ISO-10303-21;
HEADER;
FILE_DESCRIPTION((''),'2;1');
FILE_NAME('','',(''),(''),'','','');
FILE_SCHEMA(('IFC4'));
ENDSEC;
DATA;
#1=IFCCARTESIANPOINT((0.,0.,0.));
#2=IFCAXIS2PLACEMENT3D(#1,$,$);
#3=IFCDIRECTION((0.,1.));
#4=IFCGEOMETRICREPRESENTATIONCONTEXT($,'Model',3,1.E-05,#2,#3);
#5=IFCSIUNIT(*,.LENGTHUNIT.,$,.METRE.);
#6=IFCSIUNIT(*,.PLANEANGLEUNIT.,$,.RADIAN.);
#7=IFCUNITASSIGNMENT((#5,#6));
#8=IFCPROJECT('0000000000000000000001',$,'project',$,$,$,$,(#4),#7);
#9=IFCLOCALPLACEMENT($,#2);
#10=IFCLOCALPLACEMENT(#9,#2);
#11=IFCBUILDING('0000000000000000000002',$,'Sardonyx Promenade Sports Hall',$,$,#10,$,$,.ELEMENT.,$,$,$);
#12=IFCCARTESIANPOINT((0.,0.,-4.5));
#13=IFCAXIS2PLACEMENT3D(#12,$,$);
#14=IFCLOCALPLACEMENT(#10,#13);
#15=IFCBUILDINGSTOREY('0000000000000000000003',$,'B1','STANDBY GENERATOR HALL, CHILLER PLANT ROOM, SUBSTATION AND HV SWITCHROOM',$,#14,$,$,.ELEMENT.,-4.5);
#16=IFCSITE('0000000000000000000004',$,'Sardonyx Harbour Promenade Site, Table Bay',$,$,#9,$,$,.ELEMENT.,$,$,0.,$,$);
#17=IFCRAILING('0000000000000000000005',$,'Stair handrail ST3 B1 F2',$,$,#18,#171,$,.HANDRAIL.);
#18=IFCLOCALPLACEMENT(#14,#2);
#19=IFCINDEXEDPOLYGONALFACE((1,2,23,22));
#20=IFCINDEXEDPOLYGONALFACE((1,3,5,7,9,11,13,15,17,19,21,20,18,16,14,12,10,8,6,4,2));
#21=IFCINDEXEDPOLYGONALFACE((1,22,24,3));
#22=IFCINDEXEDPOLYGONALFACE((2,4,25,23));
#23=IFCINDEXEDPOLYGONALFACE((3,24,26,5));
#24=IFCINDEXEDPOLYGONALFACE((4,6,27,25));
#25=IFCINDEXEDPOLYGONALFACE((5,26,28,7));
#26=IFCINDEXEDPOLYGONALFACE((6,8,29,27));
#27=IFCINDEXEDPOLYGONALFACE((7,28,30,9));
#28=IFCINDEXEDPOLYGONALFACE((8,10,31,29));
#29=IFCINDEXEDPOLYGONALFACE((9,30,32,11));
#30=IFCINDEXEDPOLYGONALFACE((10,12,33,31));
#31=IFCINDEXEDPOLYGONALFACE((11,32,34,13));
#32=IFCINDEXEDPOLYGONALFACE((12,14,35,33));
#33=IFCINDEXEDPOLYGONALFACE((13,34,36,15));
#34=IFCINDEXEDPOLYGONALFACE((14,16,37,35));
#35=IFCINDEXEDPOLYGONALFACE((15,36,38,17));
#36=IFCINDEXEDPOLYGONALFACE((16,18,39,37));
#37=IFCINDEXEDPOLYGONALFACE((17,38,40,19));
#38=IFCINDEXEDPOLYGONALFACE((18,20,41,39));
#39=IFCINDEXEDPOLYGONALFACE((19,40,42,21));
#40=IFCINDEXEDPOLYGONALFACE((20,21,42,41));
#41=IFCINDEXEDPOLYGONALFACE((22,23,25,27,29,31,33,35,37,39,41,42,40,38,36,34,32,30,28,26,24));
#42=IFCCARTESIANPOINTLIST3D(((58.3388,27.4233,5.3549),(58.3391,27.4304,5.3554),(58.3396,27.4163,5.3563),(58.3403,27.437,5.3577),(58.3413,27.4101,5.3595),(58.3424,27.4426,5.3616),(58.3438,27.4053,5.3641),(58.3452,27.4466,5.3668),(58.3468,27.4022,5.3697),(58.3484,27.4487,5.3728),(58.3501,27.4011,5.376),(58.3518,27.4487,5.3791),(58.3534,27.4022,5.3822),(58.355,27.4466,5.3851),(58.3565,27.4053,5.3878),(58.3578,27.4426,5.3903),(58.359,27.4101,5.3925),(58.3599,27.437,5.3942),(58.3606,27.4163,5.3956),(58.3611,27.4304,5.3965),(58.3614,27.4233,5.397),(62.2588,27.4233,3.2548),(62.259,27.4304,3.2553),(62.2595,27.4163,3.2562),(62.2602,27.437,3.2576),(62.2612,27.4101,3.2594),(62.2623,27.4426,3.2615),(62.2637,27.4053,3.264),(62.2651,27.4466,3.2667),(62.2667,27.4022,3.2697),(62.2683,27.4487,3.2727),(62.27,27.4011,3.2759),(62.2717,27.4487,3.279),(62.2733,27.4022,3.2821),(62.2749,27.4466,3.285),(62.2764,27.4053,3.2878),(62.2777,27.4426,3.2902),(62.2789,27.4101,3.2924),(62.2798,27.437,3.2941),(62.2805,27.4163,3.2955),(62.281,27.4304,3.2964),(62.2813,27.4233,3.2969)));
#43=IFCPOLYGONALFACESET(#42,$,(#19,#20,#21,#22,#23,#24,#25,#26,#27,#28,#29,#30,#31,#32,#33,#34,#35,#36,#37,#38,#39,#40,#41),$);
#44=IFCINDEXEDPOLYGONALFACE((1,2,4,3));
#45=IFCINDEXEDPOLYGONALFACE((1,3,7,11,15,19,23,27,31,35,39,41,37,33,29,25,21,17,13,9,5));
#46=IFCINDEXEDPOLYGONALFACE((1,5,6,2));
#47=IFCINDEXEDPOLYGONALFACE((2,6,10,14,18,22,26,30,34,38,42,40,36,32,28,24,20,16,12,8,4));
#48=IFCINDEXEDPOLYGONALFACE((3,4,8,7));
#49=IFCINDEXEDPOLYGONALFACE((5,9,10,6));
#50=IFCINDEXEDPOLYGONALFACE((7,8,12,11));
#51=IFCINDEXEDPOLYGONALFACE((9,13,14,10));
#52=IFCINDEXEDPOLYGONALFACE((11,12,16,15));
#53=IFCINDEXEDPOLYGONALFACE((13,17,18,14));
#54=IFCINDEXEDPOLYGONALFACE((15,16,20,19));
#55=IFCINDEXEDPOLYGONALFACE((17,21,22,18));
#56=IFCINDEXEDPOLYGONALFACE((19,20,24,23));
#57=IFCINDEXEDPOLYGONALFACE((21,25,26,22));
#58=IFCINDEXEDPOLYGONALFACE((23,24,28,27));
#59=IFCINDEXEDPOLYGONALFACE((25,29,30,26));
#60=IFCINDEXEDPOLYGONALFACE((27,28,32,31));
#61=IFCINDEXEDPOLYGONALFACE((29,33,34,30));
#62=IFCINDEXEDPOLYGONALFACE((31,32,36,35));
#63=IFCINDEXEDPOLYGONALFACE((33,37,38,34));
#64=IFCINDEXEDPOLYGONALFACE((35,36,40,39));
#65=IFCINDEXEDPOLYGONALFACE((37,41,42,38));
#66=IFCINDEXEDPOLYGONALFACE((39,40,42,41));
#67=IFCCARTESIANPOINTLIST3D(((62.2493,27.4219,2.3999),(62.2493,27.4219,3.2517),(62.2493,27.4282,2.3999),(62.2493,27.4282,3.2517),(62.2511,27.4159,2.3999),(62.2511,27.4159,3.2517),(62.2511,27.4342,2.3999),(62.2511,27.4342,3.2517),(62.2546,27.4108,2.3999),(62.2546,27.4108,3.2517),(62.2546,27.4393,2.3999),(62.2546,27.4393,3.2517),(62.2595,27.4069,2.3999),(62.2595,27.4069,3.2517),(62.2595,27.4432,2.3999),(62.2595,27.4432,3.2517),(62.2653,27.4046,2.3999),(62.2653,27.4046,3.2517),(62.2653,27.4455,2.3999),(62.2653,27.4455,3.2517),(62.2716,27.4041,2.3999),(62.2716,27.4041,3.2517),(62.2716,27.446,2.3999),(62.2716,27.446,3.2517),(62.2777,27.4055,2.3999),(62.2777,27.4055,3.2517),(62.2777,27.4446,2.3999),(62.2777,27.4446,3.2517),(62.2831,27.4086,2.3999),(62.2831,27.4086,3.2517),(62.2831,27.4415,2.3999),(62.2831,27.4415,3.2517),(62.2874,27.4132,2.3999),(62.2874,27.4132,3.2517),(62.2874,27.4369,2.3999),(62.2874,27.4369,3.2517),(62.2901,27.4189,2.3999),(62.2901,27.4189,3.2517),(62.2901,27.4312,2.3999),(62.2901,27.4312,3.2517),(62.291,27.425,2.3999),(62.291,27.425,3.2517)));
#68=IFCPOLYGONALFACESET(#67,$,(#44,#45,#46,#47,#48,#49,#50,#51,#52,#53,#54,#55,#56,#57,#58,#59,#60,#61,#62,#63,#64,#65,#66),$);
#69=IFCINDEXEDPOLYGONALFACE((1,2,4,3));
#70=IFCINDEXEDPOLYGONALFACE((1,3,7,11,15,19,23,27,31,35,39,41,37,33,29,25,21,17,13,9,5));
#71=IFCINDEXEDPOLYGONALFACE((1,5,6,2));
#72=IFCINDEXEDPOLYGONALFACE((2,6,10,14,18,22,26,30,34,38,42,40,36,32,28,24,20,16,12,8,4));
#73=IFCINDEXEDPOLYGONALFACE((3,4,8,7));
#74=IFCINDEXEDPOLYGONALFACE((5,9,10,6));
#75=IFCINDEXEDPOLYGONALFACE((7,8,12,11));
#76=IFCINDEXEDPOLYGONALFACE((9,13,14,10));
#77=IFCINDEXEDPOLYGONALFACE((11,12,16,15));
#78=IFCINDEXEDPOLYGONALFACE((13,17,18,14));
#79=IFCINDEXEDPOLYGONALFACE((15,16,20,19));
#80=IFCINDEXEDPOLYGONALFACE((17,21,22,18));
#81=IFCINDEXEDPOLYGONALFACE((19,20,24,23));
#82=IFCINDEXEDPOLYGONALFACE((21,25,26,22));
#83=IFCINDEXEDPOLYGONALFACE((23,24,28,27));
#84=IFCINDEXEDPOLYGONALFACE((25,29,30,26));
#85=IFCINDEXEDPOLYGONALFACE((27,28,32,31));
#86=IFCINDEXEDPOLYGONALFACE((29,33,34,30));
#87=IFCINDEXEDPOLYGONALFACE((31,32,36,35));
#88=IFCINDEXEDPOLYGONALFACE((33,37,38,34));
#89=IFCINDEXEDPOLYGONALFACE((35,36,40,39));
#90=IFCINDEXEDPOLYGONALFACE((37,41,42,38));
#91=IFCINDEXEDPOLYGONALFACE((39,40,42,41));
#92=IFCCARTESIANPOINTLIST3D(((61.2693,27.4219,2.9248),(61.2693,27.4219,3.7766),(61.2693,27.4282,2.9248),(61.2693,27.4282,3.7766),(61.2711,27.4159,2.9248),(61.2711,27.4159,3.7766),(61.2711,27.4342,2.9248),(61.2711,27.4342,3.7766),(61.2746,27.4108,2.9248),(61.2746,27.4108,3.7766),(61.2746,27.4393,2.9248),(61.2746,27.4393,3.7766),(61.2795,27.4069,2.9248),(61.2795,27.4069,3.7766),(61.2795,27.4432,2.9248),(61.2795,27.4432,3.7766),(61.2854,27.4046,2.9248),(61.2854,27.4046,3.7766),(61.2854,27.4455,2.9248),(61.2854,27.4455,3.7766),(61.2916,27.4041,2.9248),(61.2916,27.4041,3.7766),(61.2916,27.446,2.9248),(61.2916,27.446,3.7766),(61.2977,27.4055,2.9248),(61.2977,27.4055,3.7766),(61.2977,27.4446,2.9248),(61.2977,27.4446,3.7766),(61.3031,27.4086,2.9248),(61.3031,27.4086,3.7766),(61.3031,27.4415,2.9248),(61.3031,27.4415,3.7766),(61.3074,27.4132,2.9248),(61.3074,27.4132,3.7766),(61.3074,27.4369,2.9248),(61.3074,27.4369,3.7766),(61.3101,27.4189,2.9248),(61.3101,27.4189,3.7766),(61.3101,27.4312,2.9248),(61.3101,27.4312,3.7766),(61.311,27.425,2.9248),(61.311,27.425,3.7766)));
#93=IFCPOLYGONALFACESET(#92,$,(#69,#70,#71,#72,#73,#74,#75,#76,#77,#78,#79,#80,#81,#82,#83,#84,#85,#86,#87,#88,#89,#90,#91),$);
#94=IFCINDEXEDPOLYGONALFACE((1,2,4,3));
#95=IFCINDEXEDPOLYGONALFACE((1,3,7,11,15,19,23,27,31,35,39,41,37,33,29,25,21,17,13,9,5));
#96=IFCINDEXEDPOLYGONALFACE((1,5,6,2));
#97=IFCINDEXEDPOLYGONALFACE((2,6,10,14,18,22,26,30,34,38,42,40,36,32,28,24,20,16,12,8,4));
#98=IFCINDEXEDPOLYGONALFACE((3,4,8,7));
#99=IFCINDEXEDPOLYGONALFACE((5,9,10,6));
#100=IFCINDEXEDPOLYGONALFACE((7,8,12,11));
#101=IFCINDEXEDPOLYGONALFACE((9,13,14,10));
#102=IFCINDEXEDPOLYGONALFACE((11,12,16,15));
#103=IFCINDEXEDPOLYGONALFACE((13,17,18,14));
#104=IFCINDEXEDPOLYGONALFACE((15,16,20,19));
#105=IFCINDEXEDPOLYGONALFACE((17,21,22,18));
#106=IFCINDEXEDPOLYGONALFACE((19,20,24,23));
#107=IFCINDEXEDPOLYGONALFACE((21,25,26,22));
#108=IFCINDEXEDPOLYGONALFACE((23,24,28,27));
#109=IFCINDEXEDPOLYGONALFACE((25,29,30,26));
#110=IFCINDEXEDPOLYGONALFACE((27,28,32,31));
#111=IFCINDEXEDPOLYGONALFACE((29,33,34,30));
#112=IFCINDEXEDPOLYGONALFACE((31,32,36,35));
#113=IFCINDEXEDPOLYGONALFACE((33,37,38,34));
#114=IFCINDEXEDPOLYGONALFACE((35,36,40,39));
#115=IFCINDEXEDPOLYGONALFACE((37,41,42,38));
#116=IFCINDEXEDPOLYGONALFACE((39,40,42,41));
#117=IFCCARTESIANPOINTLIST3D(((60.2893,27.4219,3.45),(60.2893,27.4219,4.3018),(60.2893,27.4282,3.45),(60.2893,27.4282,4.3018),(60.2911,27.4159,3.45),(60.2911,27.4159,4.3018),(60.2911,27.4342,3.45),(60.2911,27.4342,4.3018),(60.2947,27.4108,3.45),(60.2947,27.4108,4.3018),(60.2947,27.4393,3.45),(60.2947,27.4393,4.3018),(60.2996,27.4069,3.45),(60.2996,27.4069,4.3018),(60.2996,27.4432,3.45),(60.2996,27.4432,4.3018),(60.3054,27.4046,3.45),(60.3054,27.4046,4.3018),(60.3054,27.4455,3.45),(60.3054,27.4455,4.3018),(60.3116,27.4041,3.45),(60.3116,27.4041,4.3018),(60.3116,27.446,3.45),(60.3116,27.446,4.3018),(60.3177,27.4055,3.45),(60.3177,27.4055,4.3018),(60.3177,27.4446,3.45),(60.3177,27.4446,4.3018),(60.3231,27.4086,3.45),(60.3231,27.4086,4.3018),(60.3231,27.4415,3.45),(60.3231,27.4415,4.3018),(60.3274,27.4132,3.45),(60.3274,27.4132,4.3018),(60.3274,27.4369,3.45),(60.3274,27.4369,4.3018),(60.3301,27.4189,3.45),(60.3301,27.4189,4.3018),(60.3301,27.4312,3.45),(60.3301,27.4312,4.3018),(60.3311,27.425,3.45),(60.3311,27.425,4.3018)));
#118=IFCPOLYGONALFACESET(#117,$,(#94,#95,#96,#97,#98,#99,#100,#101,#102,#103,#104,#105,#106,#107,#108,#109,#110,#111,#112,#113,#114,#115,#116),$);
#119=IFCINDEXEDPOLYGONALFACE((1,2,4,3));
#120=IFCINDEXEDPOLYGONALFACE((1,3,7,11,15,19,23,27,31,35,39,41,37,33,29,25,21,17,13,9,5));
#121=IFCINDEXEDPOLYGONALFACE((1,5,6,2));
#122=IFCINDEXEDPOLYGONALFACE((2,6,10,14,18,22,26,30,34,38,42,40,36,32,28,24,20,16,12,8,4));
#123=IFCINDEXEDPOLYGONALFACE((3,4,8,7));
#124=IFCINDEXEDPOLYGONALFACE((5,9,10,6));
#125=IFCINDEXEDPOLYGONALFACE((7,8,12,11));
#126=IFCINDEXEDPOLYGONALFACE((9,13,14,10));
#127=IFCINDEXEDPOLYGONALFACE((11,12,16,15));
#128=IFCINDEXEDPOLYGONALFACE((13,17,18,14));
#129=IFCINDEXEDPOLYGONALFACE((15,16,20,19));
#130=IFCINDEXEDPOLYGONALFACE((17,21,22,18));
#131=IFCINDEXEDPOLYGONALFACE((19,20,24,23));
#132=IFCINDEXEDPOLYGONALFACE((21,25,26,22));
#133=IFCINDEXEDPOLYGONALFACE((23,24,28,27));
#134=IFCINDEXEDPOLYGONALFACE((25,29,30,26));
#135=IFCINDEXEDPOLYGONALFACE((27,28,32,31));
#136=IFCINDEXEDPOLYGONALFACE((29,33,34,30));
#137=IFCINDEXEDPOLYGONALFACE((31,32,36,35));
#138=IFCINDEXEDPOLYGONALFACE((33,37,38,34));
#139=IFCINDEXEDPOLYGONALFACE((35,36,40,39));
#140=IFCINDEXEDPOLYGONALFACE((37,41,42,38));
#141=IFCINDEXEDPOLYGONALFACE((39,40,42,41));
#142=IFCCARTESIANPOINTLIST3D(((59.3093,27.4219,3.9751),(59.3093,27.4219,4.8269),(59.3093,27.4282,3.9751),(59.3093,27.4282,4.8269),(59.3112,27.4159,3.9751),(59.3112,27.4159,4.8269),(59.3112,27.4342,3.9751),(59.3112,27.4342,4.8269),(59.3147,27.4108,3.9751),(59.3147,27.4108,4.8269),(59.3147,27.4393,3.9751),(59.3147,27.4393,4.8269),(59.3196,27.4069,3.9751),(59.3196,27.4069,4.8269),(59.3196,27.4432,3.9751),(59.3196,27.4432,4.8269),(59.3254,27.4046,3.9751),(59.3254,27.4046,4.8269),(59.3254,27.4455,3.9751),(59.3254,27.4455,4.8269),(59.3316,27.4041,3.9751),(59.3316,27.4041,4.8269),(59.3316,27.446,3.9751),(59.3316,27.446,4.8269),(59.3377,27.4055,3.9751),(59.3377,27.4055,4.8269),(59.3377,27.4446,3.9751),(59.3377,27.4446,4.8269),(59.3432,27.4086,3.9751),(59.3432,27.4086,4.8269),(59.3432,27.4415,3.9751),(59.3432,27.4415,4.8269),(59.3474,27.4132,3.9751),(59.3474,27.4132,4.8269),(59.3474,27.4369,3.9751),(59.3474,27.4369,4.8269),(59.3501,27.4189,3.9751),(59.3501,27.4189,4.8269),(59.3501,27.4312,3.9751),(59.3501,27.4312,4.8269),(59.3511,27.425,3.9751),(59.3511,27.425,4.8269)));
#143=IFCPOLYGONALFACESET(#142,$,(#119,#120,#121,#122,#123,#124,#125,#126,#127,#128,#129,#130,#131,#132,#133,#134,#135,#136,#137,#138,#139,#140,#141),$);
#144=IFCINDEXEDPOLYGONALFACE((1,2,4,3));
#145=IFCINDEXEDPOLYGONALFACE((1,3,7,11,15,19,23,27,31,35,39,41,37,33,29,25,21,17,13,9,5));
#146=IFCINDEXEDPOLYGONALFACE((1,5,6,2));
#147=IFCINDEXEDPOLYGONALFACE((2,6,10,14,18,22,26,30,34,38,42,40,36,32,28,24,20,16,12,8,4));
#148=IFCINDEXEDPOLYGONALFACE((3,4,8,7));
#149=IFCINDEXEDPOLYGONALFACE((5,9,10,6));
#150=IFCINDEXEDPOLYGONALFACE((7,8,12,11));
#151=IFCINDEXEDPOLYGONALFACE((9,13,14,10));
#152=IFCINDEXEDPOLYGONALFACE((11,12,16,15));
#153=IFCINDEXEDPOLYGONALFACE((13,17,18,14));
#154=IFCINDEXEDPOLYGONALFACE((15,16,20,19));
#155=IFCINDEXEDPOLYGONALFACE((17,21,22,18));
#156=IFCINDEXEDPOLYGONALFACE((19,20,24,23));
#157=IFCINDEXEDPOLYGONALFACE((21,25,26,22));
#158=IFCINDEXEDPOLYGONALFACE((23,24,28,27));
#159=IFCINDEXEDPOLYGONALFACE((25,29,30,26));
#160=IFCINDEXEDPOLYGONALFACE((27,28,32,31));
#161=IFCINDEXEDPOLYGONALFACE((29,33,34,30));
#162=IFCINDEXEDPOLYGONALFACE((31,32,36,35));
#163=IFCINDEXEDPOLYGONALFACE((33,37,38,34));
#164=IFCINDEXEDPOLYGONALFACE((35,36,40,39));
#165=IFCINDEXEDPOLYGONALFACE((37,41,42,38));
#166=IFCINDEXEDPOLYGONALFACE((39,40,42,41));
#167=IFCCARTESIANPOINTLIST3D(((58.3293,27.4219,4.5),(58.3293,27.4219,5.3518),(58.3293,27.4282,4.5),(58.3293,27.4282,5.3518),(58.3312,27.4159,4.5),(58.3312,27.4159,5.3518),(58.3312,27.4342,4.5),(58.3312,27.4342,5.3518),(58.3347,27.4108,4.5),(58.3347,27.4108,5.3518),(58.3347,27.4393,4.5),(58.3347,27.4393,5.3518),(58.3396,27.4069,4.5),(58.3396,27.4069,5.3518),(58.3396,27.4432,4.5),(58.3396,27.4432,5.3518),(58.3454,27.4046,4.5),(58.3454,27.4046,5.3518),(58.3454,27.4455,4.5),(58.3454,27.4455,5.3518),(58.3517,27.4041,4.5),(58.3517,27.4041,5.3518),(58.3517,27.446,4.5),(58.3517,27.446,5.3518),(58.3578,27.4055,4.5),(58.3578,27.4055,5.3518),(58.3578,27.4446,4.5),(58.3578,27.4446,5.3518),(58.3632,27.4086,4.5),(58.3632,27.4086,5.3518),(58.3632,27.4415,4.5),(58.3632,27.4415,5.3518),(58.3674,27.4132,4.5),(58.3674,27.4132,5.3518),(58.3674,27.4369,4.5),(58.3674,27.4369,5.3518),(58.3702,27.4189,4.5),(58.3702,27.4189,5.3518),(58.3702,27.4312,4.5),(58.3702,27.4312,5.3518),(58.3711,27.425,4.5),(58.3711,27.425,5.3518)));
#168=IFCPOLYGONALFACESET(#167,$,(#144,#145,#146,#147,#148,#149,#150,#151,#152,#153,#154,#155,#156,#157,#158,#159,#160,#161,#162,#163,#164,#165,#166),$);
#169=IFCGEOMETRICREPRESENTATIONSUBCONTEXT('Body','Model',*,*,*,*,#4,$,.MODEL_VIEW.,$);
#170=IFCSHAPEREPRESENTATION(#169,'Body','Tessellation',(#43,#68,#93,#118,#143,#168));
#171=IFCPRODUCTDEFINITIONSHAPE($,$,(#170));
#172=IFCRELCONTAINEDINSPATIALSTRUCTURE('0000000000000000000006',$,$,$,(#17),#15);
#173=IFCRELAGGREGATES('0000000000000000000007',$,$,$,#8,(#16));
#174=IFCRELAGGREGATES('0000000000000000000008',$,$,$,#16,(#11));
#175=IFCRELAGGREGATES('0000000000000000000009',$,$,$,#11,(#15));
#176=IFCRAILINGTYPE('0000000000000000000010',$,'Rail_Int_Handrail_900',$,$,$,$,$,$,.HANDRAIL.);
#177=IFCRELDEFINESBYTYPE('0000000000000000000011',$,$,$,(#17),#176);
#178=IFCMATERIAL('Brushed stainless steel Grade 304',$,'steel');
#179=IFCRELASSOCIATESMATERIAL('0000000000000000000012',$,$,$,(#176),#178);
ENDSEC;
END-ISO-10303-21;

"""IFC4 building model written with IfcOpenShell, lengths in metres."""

from ifc_helpers import new_model, si_unit, direction, frame, origin, origin_2d, place, context, subcontext, project, spatial, circle, extrude, material, type_object, element, save


model = new_model("IFC4")

# Units and contexts
model_context = context("Model", 3, precision=1e-05, world=origin(), true_north=direction((0.0, 1.0)))
body_context = subcontext(model_context, "Body", "Model", "MODEL_VIEW")
ifc_project = project(units=[si_unit("LENGTHUNIT", "METRE"), si_unit("PLANEANGLEUNIT", "RADIAN")], contexts=[model_context])

# Site, building, storey
site_placement = place(None, origin())
site = spatial("IfcSite", under=ifc_project, at=site_placement, Name="Sardonyx Harbour Promenade Site, Table Bay", CompositionType="ELEMENT", RefElevation=0.0)
building_placement = place(site_placement, origin())
building = spatial("IfcBuilding", under=site, at=building_placement, Name="Sardonyx Promenade Sports Hall", CompositionType="ELEMENT")
storey_placement = place(building_placement, frame((0.0, 0.0, -4.5)))
storey = spatial("IfcBuildingStorey", under=building, at=storey_placement, Name="B1", Description="STANDBY GENERATOR HALL, CHILLER PLANT ROOM, SUBSTATION AND HV SWITCHROOM", CompositionType="ELEMENT", Elevation=-4.5)

# Railing
ifc_material_1 = material(Name="Brushed stainless steel Grade 304", Category="steel")
railing_type_1 = type_object("IfcRailingType", Name="Rail_Int_Handrail_900", PredefinedType="HANDRAIL", material=ifc_material_1)
railing_1_placement = place(storey_placement, frame((62.27, 27.425, 2.3999)))
element("IfcRailing", 1, at=railing_1_placement, inside=storey, type_object=railing_type_1, Name="Stair handrail ST3 B1 F2", PredefinedType="HANDRAIL", context=body_context, shape_type="SweptSolid", body=[
    extrude(circle(Radius=0.0239, at=origin_2d()), frame((0.0, 0.0, 0.876), z_axis=(-0.881467, 0.0, 0.472246), x_axis=(0.0, -1.0, 0.0)), (0.0, 0.0, 1.0), 4.447),
    extrude(circle(Radius=0.021, at=origin_2d()), origin(), (0.0, 0.0, 1.0), 0.8518),
    extrude(circle(Radius=0.021, at=origin_2d()), frame((-0.98, 0.0, 0.5249)), (0.0, 0.0, 1.0), 0.8518),
    extrude(circle(Radius=0.021, at=origin_2d()), frame((-1.96, 0.0, 1.05)), (0.0, 0.0, 1.0), 0.8518),
    extrude(circle(Radius=0.021, at=origin_2d()), frame((-2.9399, 0.0, 1.5752)), (0.0, 0.0, 1.0), 0.8518),
    extrude(circle(Radius=0.021, at=origin_2d()), frame((-3.9199, 0.0, 2.1001)), (0.0, 0.0, 1.0), 0.8518),
])

save(model, "model.ifc")
